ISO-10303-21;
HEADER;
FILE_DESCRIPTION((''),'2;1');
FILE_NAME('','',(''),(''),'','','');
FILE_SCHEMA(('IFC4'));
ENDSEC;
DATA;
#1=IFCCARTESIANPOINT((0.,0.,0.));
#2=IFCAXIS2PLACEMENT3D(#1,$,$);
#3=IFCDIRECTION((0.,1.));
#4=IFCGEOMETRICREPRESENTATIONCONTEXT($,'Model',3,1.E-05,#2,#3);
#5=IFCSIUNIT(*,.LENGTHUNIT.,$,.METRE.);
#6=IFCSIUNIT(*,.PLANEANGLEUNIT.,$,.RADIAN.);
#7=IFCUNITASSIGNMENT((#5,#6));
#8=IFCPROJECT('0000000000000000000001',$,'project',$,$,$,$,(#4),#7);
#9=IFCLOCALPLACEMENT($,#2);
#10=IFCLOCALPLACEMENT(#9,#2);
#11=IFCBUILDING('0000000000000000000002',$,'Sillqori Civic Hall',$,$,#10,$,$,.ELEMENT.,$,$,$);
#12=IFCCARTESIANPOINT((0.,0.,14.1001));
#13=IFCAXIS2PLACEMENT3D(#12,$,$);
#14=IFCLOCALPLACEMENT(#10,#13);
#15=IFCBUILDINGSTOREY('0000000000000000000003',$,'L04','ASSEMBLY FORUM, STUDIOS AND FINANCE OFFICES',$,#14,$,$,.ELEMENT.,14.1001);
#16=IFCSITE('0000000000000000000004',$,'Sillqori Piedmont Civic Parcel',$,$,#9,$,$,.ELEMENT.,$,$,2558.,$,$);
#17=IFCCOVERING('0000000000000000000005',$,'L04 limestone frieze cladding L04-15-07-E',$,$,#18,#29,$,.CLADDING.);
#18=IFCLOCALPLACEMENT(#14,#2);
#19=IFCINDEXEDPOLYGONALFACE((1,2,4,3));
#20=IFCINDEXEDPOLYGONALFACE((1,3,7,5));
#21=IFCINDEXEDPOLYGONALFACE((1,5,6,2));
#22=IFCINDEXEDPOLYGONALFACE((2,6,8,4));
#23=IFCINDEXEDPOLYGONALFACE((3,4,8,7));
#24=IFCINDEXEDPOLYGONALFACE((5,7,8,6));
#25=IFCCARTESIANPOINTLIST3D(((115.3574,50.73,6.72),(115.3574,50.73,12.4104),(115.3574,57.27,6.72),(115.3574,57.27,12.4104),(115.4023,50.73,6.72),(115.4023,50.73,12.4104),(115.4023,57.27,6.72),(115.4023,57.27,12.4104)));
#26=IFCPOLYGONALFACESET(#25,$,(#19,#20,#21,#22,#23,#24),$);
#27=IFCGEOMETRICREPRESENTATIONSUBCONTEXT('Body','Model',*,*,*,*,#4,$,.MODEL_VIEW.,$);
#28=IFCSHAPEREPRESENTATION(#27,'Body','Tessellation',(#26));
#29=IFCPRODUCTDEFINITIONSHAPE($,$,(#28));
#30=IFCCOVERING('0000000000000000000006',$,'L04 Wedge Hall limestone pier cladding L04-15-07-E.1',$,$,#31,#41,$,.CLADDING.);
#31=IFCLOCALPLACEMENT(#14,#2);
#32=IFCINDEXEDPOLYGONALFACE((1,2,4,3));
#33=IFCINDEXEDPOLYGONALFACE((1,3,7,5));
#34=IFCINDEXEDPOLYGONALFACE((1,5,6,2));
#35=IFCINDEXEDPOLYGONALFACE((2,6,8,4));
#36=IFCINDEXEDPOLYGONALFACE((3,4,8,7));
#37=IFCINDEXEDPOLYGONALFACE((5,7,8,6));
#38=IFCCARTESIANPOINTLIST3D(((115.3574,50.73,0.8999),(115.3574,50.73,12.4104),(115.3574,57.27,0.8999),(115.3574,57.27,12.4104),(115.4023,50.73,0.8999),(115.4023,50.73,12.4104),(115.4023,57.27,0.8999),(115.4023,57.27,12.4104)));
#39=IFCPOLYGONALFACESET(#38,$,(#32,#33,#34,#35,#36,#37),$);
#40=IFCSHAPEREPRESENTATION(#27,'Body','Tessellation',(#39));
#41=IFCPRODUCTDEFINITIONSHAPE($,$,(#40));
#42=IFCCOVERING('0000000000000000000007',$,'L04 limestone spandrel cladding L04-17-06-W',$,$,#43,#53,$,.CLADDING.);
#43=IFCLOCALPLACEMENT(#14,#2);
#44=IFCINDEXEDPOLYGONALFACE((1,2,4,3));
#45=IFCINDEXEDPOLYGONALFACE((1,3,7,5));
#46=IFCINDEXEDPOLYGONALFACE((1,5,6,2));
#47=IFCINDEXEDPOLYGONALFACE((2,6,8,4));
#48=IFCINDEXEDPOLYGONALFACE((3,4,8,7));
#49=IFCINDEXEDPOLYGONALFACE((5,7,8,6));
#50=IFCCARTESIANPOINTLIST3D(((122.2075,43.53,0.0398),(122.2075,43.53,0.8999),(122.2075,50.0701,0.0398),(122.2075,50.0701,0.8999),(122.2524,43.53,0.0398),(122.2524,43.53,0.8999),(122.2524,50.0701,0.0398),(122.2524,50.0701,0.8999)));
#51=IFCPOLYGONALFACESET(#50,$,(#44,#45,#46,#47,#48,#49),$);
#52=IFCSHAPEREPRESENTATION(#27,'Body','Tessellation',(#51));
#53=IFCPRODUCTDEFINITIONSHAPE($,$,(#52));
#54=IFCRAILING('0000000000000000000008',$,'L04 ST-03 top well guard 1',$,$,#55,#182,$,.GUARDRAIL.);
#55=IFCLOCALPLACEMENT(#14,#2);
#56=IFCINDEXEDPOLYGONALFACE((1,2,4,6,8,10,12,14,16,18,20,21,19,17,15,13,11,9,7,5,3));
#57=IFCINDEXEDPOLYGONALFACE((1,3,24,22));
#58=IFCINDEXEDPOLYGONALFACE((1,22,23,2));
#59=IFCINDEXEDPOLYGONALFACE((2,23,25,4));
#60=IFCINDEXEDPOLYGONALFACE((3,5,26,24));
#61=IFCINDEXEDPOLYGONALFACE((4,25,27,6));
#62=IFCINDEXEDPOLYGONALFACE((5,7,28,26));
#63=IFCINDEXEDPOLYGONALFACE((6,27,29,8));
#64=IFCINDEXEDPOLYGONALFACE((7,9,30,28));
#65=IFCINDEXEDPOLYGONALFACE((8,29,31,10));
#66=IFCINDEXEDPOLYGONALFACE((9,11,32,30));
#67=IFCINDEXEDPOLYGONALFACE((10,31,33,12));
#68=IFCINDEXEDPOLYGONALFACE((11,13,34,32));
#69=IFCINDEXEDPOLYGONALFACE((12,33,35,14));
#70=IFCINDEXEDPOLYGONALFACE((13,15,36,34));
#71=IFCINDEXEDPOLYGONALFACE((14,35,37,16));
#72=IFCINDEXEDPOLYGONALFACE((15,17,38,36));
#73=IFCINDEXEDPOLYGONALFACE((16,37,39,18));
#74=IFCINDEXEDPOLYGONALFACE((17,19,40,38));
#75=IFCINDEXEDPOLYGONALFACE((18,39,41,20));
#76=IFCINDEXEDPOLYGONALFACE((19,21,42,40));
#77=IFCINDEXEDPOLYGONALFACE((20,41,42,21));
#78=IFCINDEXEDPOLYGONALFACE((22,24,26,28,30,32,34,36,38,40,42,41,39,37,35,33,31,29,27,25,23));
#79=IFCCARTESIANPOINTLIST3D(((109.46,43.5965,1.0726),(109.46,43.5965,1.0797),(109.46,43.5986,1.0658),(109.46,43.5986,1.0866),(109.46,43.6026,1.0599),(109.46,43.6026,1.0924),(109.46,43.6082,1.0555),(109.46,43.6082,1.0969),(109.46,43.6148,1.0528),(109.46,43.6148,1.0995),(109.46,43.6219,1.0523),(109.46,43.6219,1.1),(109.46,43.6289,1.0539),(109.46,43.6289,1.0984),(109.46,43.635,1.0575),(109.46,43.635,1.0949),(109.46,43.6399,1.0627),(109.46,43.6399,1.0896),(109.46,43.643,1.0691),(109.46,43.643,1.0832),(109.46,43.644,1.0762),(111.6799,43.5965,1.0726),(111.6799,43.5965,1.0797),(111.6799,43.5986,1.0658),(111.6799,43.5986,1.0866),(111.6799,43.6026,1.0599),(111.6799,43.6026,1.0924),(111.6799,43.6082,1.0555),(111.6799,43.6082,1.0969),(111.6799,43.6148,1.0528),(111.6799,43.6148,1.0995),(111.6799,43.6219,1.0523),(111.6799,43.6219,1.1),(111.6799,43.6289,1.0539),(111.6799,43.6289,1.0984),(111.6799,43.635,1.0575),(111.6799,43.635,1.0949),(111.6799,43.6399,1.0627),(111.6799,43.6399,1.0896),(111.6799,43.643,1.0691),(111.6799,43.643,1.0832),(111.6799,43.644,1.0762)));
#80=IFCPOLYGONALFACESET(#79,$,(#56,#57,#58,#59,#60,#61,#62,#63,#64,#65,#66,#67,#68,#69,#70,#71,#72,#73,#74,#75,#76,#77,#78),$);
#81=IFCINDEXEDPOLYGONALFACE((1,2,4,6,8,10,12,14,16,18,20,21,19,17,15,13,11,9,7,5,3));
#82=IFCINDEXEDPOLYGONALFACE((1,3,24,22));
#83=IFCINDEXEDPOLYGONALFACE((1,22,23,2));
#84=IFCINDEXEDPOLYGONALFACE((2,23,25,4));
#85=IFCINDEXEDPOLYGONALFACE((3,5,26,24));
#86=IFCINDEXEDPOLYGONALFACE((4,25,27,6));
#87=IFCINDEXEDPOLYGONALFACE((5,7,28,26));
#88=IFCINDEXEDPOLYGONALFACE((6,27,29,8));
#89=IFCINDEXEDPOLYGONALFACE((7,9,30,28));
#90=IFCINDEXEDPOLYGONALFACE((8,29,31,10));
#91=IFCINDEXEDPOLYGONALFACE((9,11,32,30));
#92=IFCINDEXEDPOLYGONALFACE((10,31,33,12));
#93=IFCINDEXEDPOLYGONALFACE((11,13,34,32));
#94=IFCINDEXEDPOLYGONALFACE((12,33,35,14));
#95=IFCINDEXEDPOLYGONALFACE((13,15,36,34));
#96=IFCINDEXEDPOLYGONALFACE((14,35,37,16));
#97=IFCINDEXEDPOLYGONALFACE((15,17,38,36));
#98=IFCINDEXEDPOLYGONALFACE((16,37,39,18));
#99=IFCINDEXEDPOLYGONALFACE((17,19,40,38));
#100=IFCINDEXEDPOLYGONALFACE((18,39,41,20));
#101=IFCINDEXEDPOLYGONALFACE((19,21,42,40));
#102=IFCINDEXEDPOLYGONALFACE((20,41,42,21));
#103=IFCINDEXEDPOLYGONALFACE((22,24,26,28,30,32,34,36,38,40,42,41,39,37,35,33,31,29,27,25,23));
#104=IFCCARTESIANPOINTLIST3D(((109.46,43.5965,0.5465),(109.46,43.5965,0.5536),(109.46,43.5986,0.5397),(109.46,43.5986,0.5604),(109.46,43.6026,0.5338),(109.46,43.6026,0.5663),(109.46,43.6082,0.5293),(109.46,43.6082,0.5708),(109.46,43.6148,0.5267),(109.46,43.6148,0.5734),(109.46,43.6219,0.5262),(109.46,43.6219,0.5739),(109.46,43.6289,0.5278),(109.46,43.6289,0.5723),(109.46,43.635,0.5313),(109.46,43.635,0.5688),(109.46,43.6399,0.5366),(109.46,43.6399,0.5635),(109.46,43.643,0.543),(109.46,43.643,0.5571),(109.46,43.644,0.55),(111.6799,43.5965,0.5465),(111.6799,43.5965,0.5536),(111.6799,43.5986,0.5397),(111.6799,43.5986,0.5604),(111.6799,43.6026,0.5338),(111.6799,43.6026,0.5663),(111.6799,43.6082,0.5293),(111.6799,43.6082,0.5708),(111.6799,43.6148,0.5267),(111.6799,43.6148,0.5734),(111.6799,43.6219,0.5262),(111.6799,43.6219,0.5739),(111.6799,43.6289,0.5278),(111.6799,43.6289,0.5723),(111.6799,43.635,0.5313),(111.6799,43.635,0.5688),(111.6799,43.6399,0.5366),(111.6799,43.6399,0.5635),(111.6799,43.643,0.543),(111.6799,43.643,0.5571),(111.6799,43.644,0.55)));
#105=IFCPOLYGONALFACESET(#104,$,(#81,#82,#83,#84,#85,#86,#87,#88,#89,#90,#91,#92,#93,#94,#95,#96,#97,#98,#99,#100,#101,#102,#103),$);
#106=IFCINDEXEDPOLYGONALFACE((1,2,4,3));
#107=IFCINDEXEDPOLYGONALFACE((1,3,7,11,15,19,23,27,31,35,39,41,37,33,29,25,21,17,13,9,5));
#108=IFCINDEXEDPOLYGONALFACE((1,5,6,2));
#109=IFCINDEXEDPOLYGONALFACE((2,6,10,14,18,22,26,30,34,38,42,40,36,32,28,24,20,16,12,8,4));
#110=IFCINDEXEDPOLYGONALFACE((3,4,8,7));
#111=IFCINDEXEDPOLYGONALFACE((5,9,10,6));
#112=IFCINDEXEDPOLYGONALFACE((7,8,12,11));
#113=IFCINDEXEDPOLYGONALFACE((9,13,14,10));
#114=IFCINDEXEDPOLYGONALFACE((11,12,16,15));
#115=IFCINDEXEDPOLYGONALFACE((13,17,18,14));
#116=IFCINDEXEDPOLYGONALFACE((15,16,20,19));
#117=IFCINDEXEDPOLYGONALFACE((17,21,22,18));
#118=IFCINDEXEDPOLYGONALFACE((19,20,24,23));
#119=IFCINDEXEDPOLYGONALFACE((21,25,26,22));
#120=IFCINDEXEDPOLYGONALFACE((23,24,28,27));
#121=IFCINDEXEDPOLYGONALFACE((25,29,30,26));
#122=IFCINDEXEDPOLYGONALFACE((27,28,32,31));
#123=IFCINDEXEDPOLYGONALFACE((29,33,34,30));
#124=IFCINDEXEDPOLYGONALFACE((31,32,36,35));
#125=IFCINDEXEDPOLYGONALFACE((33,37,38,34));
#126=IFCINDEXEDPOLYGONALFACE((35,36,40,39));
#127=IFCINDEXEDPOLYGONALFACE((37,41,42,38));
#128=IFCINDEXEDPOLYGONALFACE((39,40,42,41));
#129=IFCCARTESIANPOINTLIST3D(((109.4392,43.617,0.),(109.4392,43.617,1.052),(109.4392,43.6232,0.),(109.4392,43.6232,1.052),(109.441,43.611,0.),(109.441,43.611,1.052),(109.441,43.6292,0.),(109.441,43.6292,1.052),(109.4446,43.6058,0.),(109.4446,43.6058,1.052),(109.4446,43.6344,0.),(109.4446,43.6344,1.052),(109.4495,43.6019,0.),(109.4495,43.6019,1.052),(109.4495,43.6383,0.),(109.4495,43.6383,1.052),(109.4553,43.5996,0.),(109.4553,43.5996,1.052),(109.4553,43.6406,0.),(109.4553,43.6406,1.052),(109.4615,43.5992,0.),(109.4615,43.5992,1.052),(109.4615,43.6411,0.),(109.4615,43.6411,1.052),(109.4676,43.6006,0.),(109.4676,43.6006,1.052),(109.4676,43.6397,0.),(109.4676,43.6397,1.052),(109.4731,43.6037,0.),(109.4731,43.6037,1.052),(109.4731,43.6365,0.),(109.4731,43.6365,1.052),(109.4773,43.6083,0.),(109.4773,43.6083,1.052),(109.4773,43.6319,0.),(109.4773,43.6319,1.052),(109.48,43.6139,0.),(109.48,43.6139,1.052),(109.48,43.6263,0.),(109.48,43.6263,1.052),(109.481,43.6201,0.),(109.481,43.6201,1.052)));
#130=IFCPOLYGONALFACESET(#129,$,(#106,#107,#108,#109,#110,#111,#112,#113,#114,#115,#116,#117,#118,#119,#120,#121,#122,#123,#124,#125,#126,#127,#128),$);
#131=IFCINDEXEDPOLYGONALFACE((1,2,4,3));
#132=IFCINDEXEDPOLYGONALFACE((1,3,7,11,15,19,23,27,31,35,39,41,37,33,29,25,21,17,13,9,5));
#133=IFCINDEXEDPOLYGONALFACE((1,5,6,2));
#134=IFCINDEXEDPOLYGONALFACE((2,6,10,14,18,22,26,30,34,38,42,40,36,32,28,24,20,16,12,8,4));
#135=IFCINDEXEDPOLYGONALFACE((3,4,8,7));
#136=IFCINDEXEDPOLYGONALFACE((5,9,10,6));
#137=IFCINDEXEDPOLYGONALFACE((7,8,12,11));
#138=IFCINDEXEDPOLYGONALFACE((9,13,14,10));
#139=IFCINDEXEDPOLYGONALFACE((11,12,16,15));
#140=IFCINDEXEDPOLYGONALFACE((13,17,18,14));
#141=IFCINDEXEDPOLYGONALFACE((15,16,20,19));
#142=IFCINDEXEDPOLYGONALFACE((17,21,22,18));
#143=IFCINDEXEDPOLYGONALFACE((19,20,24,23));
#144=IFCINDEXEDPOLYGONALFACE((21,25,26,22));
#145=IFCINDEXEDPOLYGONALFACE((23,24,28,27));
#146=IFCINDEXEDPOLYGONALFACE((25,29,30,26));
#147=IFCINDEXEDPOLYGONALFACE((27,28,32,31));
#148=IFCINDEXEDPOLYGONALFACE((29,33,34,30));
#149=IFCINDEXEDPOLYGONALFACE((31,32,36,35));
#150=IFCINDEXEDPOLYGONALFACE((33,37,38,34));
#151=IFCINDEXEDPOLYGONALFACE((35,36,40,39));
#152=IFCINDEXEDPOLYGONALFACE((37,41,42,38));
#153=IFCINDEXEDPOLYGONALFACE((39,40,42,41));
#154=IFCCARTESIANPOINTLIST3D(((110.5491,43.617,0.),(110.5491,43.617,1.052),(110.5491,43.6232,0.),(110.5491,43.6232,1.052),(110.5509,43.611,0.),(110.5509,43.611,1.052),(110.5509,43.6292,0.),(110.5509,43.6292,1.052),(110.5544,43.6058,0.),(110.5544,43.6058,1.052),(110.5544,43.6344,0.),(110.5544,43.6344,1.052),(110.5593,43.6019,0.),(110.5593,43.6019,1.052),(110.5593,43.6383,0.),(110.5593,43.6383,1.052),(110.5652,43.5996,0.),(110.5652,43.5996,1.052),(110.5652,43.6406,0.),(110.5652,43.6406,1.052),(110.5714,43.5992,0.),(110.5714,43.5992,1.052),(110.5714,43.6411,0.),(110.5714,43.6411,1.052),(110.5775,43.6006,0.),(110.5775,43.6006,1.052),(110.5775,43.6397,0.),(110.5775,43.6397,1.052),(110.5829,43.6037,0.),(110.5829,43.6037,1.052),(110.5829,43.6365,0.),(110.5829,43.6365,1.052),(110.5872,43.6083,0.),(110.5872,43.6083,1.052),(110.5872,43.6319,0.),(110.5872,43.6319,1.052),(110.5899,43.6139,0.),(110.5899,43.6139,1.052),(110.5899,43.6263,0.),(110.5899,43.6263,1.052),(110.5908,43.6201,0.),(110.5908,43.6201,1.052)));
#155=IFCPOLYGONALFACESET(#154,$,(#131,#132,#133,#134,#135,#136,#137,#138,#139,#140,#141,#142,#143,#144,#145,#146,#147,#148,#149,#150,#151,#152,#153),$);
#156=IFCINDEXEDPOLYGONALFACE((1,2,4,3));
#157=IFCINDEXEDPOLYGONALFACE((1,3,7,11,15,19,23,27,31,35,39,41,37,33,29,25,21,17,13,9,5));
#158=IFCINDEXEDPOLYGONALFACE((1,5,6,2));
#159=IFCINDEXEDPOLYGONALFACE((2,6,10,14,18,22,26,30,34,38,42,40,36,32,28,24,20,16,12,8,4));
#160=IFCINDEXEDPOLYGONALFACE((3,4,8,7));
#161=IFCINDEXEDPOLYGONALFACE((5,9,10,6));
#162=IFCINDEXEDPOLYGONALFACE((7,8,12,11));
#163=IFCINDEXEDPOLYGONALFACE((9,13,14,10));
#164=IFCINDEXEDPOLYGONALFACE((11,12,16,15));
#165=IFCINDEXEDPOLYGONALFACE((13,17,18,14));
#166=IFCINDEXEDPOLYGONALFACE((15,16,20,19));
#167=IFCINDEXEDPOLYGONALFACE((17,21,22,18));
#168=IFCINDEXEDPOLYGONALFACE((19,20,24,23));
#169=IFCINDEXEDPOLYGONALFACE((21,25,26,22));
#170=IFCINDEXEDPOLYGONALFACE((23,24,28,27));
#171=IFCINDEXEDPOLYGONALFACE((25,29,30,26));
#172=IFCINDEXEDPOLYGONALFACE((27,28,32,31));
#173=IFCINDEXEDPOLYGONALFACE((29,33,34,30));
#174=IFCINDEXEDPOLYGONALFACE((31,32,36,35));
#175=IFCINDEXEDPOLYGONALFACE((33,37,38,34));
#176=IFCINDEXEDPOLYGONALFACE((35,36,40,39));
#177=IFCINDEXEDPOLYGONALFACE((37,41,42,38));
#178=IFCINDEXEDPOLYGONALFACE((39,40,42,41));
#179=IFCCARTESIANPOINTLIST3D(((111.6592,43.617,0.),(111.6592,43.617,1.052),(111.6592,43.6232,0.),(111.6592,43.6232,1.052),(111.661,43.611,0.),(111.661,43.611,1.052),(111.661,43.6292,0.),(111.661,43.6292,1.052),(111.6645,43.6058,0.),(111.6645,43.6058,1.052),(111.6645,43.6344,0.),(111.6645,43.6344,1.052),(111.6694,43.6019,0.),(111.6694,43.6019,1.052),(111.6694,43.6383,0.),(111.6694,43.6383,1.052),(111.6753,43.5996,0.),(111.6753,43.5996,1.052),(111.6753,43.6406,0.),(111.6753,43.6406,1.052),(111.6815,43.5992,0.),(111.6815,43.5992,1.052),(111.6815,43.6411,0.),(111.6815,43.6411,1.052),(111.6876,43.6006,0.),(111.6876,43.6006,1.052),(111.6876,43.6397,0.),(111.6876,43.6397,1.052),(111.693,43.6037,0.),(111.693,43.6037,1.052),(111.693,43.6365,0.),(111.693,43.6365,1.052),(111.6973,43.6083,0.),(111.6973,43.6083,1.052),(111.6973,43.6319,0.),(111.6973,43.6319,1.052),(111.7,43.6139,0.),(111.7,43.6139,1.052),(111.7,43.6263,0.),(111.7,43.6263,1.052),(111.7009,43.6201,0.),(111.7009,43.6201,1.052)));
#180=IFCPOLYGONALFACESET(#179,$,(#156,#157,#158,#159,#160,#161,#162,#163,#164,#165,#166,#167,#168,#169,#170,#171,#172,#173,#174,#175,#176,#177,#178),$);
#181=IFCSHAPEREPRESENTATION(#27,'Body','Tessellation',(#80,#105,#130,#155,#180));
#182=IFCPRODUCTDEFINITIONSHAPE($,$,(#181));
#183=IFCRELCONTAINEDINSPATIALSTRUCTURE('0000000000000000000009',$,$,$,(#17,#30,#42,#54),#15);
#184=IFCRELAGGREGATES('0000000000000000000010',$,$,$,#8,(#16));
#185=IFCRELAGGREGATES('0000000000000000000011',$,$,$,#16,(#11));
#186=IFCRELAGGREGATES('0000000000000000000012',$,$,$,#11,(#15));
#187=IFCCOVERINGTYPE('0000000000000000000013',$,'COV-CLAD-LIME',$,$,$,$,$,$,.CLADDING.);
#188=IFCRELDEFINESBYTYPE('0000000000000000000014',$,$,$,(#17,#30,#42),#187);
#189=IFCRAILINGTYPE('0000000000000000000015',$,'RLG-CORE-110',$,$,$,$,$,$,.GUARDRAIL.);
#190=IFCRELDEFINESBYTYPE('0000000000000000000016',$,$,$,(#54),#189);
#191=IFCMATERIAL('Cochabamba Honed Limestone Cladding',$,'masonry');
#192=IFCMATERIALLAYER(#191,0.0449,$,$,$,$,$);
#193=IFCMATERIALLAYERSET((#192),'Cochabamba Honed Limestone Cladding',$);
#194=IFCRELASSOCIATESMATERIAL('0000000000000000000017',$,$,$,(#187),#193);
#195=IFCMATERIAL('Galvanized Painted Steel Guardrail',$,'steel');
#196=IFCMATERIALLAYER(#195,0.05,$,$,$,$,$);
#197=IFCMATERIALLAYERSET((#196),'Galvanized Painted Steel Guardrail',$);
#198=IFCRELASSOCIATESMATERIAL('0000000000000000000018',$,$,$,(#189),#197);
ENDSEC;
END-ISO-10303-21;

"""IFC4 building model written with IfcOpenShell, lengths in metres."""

from ifc_helpers import new_model, si_unit, direction, frame, frame_2d, origin, origin_2d, place, context, subcontext, project, spatial, rectangle, circle, extrude, material, layer, layer_set, type_object, element, save


model = new_model("IFC4")

# Units and contexts
model_context = context("Model", 3, precision=1e-05, world=origin(), true_north=direction((0.0, 1.0)))
body_context = subcontext(model_context, "Body", "Model", "MODEL_VIEW")
ifc_project = project(units=[si_unit("LENGTHUNIT", "METRE"), si_unit("PLANEANGLEUNIT", "RADIAN")], contexts=[model_context])

# Site, building, storey
site_placement = place(None, origin())
site = spatial("IfcSite", under=ifc_project, at=site_placement, Name="Sillqori Piedmont Civic Parcel", CompositionType="ELEMENT", RefElevation=2558.0)
building_placement = place(site_placement, origin())
building = spatial("IfcBuilding", under=site, at=building_placement, Name="Sillqori Civic Hall", CompositionType="ELEMENT")
storey_placement = place(building_placement, frame((0.0, 0.0, 14.1001)))
storey = spatial("IfcBuildingStorey", under=building, at=storey_placement, Name="L04", Description="ASSEMBLY FORUM, STUDIOS AND FINANCE OFFICES", CompositionType="ELEMENT", Elevation=14.1001)

# Coverings
ifc_material_1 = material(Name="Cochabamba Honed Limestone Cladding", Category="masonry")
ifc_layer_1 = layer(ifc_material_1, 0.0449)
ifc_layer_set_1 = layer_set([ifc_layer_1], Name="Cochabamba Honed Limestone Cladding")
covering_type = type_object("IfcCoveringType", Name="COV-CLAD-LIME", PredefinedType="CLADDING", material=ifc_layer_set_1)
covering_1_placement = place(storey_placement, frame((115.3799, 57.27, 6.72), z_axis=(0.0, 0.0, 1.0), x_axis=(0.0, -1.0, 0.0)))
element("IfcCovering", 1, at=covering_1_placement, inside=storey, type_object=covering_type, Name="L04 limestone frieze cladding L04-15-07-E", PredefinedType="CLADDING", context=body_context, shape_type="SweptSolid", body=[
    extrude(rectangle(XDim=6.54, YDim=0.0449, at=frame_2d((3.27, 0.0))), origin(), (0.0, 0.0, 1.0), 5.6904),
])
covering_2_placement = place(storey_placement, frame((115.3799, 57.27, 0.8999), z_axis=(0.0, 0.0, 1.0), x_axis=(0.0, -1.0, 0.0)))
element("IfcCovering", 2, at=covering_2_placement, inside=storey, type_object=covering_type, Name="L04 Wedge Hall limestone pier cladding L04-15-07-E.1", PredefinedType="CLADDING", context=body_context, shape_type="SweptSolid", body=[
    extrude(rectangle(XDim=6.54, YDim=0.0449, at=frame_2d((3.27, 0.0))), origin(), (0.0, 0.0, 1.0), 11.5105),
])
covering_3_placement = place(storey_placement, frame((122.23, 43.53, 0.0398), z_axis=(0.0, 0.0, 1.0), x_axis=(0.0, 1.0, 0.0)))
element("IfcCovering", 3, at=covering_3_placement, inside=storey, type_object=covering_type, Name="L04 limestone spandrel cladding L04-17-06-W", PredefinedType="CLADDING", context=body_context, shape_type="SweptSolid", body=[
    extrude(rectangle(XDim=6.54, YDim=0.0449, at=frame_2d((3.27, 0.0))), origin(), (0.0, 0.0, 1.0), 0.8601),
])

# Railing
ifc_material_2 = material(Name="Galvanized Painted Steel Guardrail", Category="steel")
ifc_layer_2 = layer(ifc_material_2, 0.05)
ifc_layer_set_2 = layer_set([ifc_layer_2], Name="Galvanized Painted Steel Guardrail")
railing_type = type_object("IfcRailingType", Name="RLG-CORE-110", PredefinedType="GUARDRAIL", material=ifc_layer_set_2)
railing_placement = place(storey_placement, frame((109.46, 43.6201, 0.0)))
element("IfcRailing", 4, at=railing_placement, inside=storey, type_object=railing_type, Name="L04 ST-03 top well guard 1", PredefinedType="GUARDRAIL", context=body_context, shape_type="SweptSolid", body=[
    extrude(circle(Radius=0.0239, at=origin_2d()), frame((0.0, 0.0, 1.0762), z_axis=(1.0, 0.0, 0.0), x_axis=(0.0, 1.0, 0.0)), (0.0, 0.0, 1.0), 2.22),
    extrude(circle(Radius=0.0239, at=origin_2d()), frame((0.0, 0.0, 0.55), z_axis=(1.0, 0.0, 0.0), x_axis=(0.0, 1.0, 0.0)), (0.0, 0.0, 1.0), 2.22),
    extrude(circle(Radius=0.021, at=origin_2d()), origin(), (0.0, 0.0, 1.0), 1.052),
    extrude(circle(Radius=0.021, at=origin_2d()), frame((1.1099, 0.0, 0.0)), (0.0, 0.0, 1.0), 1.052),
    extrude(circle(Radius=0.021, at=origin_2d()), frame((2.22, 0.0, 0.0)), (0.0, 0.0, 1.0), 1.052),
])

save(model, "model.ifc")
